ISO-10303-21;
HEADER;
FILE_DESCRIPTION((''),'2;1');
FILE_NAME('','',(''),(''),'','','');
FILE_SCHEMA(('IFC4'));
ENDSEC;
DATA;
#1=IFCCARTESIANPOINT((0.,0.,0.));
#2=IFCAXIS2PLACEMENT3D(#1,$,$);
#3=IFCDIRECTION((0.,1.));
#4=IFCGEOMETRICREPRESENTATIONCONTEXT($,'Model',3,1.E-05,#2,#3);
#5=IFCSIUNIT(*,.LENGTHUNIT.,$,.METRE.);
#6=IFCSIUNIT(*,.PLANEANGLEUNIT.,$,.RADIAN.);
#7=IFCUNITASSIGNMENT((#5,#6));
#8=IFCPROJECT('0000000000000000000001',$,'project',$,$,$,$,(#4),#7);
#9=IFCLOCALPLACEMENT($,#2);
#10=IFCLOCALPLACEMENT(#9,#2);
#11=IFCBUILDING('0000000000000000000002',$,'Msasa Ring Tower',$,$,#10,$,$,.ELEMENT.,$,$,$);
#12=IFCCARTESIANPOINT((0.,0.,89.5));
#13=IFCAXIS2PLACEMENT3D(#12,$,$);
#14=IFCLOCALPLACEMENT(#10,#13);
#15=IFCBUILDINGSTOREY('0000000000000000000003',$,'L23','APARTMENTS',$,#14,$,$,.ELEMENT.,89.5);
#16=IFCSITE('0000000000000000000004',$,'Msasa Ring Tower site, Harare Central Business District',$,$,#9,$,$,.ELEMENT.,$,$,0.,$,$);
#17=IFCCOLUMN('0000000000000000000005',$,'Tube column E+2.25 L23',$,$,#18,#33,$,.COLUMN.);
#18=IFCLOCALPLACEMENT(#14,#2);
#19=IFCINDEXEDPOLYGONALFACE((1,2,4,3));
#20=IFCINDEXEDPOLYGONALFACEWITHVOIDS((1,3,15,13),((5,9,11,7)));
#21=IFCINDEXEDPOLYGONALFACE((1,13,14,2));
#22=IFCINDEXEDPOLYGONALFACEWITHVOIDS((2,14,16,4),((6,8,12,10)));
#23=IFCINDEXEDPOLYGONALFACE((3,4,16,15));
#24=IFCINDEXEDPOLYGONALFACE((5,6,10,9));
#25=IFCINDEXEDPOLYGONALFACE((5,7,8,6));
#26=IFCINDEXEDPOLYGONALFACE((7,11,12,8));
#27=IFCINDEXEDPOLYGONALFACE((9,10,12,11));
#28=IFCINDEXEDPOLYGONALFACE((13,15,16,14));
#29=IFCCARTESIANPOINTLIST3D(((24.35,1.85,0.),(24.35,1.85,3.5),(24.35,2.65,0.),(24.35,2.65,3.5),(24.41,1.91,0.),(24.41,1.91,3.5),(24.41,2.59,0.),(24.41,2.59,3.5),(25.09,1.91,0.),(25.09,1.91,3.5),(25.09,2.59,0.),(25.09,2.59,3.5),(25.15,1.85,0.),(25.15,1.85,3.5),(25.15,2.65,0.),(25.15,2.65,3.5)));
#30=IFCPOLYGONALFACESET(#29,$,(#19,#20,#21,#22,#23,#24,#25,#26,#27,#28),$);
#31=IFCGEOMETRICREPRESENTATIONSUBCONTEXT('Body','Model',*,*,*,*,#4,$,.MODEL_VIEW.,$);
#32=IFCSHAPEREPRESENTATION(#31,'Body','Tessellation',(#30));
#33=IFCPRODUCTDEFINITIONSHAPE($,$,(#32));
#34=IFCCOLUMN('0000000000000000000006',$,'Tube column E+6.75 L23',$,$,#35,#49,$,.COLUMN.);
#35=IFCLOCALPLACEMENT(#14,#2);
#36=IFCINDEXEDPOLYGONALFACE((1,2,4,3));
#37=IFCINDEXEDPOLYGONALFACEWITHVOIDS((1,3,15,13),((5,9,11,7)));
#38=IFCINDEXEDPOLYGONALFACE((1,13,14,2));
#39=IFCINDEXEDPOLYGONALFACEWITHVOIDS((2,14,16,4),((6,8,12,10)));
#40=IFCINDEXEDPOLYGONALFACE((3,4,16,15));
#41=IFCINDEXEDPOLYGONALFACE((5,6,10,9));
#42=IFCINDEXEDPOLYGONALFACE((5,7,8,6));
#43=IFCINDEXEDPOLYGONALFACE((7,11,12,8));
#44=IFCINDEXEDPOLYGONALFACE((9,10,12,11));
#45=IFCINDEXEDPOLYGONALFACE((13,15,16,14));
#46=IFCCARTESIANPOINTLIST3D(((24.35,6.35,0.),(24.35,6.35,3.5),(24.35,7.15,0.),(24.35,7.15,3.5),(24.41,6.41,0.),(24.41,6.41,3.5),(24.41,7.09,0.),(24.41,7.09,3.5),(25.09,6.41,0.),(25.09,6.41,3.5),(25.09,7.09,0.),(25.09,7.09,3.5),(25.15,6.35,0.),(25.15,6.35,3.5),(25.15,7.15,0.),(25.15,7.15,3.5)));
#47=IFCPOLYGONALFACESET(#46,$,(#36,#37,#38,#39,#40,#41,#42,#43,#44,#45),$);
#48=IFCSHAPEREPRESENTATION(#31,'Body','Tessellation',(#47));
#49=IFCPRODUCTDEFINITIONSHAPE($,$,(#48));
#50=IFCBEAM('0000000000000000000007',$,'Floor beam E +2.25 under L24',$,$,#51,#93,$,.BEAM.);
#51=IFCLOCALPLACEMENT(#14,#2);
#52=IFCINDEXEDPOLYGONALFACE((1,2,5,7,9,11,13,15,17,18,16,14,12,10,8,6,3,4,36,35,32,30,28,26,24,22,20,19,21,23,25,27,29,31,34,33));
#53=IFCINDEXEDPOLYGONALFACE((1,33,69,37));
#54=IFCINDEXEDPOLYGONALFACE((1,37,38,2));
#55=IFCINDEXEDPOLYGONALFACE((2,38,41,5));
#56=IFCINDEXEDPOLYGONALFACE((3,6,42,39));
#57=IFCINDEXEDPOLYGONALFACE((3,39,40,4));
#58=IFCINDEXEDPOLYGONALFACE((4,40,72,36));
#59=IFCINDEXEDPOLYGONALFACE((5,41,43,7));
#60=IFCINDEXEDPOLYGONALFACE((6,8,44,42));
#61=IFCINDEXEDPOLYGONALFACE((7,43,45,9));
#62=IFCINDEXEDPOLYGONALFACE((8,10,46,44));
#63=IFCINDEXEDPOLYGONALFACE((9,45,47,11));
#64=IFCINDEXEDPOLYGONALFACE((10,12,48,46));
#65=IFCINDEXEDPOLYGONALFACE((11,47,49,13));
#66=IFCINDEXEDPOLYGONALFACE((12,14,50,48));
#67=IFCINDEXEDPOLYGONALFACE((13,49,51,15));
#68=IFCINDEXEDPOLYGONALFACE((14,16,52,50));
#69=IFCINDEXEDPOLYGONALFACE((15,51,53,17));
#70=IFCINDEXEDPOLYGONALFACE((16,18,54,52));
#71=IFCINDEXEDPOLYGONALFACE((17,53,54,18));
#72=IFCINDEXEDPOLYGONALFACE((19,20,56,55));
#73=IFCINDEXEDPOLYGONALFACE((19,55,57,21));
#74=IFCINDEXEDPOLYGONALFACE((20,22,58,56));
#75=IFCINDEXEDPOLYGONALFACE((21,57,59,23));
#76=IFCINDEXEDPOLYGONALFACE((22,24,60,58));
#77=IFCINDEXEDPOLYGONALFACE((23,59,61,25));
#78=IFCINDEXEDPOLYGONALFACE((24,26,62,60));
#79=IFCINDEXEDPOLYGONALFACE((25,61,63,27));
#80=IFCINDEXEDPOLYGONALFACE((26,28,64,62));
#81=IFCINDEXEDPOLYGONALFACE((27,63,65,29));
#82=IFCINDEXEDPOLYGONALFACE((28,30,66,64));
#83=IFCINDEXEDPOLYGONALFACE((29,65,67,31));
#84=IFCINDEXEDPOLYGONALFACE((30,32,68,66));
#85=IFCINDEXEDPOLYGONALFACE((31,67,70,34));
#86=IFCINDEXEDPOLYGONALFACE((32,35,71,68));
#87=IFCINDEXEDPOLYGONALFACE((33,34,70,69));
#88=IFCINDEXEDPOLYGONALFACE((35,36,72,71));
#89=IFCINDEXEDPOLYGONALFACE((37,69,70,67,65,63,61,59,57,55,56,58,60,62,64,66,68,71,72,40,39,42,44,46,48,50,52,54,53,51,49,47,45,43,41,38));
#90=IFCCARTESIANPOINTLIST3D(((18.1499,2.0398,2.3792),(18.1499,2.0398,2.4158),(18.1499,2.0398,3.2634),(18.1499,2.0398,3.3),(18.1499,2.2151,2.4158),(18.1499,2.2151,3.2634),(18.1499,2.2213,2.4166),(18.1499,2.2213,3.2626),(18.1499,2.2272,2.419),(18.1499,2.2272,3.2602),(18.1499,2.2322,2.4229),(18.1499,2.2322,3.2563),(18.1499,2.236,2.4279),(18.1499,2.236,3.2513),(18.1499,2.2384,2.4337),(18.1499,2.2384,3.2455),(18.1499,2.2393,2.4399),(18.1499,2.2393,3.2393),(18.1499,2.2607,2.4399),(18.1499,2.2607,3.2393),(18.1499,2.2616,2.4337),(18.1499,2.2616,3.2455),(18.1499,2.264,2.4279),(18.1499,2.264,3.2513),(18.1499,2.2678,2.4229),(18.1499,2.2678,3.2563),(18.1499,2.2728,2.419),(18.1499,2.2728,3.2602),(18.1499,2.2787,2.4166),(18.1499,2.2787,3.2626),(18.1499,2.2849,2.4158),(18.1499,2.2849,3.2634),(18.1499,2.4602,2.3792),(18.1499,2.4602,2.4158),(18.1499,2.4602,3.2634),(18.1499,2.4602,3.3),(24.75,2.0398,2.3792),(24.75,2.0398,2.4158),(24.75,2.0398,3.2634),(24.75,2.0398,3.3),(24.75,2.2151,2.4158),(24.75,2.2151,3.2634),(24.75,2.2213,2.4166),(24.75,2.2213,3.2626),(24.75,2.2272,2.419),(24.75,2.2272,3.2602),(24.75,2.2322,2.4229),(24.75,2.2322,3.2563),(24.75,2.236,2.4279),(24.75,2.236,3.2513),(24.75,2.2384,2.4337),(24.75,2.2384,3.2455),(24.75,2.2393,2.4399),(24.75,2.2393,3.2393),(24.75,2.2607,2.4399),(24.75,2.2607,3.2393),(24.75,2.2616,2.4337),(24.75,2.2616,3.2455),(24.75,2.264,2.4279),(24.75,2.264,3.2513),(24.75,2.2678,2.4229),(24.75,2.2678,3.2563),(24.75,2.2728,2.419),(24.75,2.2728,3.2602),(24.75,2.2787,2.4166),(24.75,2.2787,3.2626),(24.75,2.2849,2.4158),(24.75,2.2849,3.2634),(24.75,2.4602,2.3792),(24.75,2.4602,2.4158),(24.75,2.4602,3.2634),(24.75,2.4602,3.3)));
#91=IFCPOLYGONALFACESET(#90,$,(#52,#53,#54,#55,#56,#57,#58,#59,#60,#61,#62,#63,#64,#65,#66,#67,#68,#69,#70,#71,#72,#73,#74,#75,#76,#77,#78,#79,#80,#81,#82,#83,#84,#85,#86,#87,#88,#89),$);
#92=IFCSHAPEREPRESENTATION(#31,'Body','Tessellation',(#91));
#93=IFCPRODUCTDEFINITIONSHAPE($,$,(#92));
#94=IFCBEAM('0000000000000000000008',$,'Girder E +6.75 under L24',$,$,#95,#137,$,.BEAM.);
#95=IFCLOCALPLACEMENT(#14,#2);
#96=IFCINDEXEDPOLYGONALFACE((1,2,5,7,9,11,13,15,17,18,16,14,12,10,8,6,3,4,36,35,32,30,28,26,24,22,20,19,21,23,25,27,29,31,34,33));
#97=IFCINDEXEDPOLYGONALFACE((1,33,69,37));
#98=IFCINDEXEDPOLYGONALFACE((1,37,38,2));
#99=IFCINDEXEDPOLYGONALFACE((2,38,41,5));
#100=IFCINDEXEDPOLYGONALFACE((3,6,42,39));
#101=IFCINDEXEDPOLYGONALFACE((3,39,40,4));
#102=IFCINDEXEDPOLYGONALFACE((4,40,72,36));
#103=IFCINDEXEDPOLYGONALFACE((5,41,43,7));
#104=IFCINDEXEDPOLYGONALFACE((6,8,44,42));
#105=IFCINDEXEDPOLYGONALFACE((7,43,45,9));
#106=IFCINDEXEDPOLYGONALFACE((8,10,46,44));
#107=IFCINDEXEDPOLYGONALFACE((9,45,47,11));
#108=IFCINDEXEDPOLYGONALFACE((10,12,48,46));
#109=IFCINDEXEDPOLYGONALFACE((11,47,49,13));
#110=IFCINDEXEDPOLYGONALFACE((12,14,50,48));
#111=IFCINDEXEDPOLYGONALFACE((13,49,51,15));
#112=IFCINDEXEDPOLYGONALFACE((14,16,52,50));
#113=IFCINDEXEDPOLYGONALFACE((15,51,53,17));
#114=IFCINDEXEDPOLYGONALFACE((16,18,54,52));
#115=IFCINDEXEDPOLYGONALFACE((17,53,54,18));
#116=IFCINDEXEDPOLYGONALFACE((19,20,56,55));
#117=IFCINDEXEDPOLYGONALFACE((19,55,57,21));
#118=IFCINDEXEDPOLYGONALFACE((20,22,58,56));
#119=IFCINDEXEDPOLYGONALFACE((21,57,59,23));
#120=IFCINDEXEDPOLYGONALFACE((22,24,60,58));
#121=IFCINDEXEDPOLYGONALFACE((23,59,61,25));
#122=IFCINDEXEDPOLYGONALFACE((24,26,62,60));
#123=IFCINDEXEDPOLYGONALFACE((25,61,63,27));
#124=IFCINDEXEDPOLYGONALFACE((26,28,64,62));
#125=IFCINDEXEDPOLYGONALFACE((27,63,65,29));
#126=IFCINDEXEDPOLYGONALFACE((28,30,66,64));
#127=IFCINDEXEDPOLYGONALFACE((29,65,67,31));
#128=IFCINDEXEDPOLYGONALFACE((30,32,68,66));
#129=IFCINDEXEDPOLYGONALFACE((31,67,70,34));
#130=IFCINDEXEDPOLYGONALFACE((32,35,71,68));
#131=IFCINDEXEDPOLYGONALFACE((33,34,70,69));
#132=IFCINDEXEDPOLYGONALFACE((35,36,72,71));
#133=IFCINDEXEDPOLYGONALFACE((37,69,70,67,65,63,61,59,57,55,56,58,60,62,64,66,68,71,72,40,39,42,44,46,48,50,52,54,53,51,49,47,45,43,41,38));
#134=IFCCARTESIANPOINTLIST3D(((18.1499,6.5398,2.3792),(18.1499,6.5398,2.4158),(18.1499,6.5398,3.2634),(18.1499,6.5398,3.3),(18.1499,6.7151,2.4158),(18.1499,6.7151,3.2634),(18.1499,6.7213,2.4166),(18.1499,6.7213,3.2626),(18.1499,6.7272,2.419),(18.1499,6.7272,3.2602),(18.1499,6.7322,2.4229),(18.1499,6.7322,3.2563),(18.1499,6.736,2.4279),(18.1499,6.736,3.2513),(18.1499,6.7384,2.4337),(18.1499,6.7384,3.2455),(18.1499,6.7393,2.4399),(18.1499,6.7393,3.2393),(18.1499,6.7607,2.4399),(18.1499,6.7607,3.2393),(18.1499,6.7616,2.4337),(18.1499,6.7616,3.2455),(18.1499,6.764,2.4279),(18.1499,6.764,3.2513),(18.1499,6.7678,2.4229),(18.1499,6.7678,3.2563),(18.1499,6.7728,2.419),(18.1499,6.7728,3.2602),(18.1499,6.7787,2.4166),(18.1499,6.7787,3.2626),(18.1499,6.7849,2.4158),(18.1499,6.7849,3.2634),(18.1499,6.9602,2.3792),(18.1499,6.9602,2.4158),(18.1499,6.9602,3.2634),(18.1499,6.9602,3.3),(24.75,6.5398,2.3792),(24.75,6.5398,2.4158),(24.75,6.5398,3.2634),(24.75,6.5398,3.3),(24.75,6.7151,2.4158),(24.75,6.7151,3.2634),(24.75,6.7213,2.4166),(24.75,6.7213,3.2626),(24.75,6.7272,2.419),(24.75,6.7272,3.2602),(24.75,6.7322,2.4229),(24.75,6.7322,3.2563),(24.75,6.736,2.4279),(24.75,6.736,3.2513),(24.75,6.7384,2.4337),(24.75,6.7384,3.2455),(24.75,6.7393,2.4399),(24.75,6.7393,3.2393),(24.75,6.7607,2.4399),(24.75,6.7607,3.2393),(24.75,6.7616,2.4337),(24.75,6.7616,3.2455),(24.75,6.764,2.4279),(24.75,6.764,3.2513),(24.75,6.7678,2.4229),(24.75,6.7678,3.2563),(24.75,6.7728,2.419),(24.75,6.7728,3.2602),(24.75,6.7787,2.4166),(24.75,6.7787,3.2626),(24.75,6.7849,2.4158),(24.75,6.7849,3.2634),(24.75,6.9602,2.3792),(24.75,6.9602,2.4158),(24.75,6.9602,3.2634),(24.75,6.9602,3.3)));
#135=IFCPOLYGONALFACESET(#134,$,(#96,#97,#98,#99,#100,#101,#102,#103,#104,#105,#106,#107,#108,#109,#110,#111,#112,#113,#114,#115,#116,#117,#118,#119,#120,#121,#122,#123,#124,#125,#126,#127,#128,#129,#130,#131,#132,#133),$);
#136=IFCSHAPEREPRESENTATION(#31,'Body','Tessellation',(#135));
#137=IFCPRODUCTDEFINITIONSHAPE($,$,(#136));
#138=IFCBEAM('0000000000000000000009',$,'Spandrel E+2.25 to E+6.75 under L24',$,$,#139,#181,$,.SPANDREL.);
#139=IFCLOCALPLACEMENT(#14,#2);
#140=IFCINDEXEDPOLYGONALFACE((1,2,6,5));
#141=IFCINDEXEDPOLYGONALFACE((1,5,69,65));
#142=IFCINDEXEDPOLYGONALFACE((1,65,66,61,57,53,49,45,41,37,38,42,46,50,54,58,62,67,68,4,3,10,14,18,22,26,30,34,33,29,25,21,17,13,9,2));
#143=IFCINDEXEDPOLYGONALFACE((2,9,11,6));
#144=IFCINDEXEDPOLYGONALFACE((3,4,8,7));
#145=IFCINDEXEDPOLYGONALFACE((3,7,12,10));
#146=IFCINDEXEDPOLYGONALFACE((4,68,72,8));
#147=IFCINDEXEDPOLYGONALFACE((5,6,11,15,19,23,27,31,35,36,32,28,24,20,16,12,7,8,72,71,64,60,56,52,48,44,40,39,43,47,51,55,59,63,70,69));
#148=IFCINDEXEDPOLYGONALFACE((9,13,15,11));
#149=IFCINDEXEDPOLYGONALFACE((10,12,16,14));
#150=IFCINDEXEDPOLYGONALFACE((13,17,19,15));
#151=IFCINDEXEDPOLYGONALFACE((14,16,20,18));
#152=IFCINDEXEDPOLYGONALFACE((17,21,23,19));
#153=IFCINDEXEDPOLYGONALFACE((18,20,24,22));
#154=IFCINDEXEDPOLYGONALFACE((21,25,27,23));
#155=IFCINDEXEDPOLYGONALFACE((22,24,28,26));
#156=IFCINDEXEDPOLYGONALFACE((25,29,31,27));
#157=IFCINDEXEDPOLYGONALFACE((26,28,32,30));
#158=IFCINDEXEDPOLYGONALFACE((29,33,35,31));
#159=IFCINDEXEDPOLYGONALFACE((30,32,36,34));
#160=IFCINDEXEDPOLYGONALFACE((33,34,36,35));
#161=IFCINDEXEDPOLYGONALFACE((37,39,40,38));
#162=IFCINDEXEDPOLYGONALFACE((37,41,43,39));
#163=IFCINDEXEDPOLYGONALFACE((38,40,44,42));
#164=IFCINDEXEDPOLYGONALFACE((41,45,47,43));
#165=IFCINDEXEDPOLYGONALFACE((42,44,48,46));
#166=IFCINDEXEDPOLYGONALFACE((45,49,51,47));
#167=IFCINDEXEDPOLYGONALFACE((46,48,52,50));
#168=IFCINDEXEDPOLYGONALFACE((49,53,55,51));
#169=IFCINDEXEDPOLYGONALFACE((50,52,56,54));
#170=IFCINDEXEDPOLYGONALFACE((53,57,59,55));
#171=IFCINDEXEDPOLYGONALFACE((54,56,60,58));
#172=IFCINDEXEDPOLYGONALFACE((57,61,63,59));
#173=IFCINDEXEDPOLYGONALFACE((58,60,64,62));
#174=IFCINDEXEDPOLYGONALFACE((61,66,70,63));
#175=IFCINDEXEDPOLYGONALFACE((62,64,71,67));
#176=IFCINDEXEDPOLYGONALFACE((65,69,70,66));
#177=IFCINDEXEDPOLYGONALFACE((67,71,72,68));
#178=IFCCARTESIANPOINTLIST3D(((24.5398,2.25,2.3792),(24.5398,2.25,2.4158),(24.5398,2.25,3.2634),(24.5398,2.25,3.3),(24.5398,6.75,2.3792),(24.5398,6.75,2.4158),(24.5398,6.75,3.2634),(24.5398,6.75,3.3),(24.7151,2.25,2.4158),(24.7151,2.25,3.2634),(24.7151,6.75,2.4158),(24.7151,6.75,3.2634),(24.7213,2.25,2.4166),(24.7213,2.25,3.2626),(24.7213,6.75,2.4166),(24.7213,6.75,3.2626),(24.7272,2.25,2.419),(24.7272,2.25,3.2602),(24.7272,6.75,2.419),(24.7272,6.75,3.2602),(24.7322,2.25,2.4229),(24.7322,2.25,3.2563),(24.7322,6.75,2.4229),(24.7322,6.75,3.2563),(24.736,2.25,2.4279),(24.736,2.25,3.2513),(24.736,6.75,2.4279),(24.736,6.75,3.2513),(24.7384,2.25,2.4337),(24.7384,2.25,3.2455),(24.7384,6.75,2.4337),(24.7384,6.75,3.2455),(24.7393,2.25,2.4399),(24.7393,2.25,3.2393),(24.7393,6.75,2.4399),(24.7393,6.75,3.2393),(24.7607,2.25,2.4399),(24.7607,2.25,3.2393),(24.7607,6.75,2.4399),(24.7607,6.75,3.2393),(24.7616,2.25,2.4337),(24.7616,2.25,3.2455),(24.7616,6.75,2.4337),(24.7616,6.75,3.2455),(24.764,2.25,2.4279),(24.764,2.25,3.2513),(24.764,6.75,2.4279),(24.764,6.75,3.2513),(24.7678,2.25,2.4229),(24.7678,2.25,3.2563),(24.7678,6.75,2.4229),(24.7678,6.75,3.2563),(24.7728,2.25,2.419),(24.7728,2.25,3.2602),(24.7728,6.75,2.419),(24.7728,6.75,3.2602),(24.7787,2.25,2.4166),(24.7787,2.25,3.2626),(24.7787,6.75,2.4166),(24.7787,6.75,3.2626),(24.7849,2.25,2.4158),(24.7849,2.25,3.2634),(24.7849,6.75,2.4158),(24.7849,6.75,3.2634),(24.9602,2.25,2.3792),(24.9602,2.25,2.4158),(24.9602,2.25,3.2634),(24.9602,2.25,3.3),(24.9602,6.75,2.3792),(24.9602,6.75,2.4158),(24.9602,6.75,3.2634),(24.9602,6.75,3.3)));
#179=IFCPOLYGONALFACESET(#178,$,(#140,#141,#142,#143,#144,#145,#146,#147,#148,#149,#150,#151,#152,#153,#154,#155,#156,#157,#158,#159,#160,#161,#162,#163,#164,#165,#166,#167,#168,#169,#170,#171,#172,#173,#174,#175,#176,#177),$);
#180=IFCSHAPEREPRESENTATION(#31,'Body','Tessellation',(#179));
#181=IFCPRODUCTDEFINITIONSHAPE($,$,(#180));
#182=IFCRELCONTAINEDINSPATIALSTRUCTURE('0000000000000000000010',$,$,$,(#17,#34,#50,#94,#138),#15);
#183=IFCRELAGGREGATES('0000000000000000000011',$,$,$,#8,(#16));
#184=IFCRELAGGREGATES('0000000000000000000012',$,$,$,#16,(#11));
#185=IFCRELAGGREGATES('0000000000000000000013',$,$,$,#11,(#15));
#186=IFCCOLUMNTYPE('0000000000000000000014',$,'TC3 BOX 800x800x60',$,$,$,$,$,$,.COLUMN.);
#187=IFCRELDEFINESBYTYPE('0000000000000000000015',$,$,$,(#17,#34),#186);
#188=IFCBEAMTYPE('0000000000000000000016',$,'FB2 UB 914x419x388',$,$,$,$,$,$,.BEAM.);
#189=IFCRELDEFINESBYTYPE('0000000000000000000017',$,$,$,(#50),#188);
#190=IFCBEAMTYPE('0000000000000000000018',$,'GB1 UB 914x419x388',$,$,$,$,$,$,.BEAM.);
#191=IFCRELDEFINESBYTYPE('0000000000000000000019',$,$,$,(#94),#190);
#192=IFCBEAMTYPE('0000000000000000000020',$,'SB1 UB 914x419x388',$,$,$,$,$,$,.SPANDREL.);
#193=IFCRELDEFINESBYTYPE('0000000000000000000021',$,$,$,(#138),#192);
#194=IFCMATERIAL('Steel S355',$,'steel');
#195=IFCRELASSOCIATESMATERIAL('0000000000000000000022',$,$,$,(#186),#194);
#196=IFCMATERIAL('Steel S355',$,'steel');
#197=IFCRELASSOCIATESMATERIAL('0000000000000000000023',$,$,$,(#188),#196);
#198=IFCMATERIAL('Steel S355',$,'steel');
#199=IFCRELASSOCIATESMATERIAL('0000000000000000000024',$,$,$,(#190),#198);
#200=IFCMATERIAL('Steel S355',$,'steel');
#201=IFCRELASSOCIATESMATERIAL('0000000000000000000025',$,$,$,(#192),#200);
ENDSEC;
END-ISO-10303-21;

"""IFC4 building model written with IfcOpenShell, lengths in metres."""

from ifc_helpers import new_model, si_unit, direction, frame, origin, origin_2d, place, context, subcontext, project, spatial, hollow_rectangle, i_section, extrude, material, material_profile, profile_set, type_object, element, save


model = new_model("IFC4")

# Units and contexts
model_context = context("Model", 3, precision=1e-05, world=origin(), true_north=direction((0.0, 1.0)))
body_context = subcontext(model_context, "Body", "Model", "MODEL_VIEW")
ifc_project = project(units=[si_unit("LENGTHUNIT", "METRE"), si_unit("PLANEANGLEUNIT", "RADIAN")], contexts=[model_context])

# Site, building, storey
site_placement = place(None, origin())
site = spatial("IfcSite", under=ifc_project, at=site_placement, Name="Msasa Ring Tower site, Harare Central Business District", CompositionType="ELEMENT", RefElevation=0.0)
building_placement = place(site_placement, origin())
building = spatial("IfcBuilding", under=site, at=building_placement, Name="Msasa Ring Tower", CompositionType="ELEMENT")
storey_placement = place(building_placement, frame((0.0, 0.0, 89.5)))
storey = spatial("IfcBuildingStorey", under=building, at=storey_placement, Name="L23", Description="APARTMENTS", CompositionType="ELEMENT", Elevation=89.5)

# Columns
ifc_material_1 = material(Name="Steel S355", Category="steel")
ifc_material_profile_1 = material_profile(ifc_material_1, hollow_rectangle(XDim=0.8, YDim=0.8, WallThickness=0.0601, at=origin_2d()), Name="BOX 800x800x60")
ifc_profile_set_1 = profile_set([ifc_material_profile_1], Name="Steel S355")
column_type = type_object("IfcColumnType", Name="TC3 BOX 800x800x60", PredefinedType="COLUMN", material=ifc_profile_set_1)
for number, where, z_axis, x_axis, name in (
    (1, (24.75, 2.25, 0.0), (0.0, 0.0, 1.0), (1.0, 0.0, 0.0), "Tube column E+2.25 L23"),
    (2, (24.75, 6.75, 0.0), (0.0, 0.0, 1.0), (1.0, 0.0, 0.0), "Tube column E+6.75 L23"),
):
    element("IfcColumn", number, at=place(storey_placement, frame(where, z_axis=z_axis, x_axis=x_axis)), inside=storey, type_object=column_type, Name=name, PredefinedType="COLUMN", context=body_context, shape_type="SweptSolid", body=[
        extrude(hollow_rectangle(XDim=0.8, YDim=0.8, WallThickness=0.0601, at=origin_2d()), origin(), (0.0, 0.0, 1.0), 3.5),
    ])

# Beams
ifc_material_2 = material(Name="Steel S355", Category="steel")
ifc_material_profile_2 = material_profile(ifc_material_2, i_section(OverallWidth=0.4204, OverallDepth=0.9209, WebThickness=0.0215, FlangeThickness=0.0366, FilletRadius=0.0242, at=origin_2d()), Name="UB 914x419x388")
ifc_profile_set_2 = profile_set([ifc_material_profile_2], Name="Steel S355")
beam_type_1 = type_object("IfcBeamType", Name="FB2 UB 914x419x388", PredefinedType="BEAM", material=ifc_profile_set_2)
beam_1_placement = place(storey_placement, frame((24.75, 2.25, 2.8396), z_axis=(-1.0, 0.0, 0.0), x_axis=(0.0, -1.0, 0.0)))
element("IfcBeam", 3, at=beam_1_placement, inside=storey, type_object=beam_type_1, Name="Floor beam E +2.25 under L24", PredefinedType="BEAM", context=body_context, shape_type="SweptSolid", body=[
    extrude(i_section(OverallWidth=0.4204, OverallDepth=0.9209, WebThickness=0.0215, FlangeThickness=0.0366, FilletRadius=0.0242, at=origin_2d()), origin(), (0.0, 0.0, 1.0), 6.6001),
])
ifc_material_3 = material(Name="Steel S355", Category="steel")
ifc_material_profile_3 = material_profile(ifc_material_3, i_section(OverallWidth=0.4204, OverallDepth=0.9209, WebThickness=0.0215, FlangeThickness=0.0366, FilletRadius=0.0242, at=origin_2d()), Name="UB 914x419x388")
ifc_profile_set_3 = profile_set([ifc_material_profile_3], Name="Steel S355")
beam_type_2 = type_object("IfcBeamType", Name="GB1 UB 914x419x388", PredefinedType="BEAM", material=ifc_profile_set_3)
beam_2_placement = place(storey_placement, frame((18.1499, 6.75, 2.8396), z_axis=(1.0, 0.0, 0.0), x_axis=(0.0, 1.0, 0.0)))
element("IfcBeam", 4, at=beam_2_placement, inside=storey, type_object=beam_type_2, Name="Girder E +6.75 under L24", PredefinedType="BEAM", context=body_context, shape_type="SweptSolid", body=[
    extrude(i_section(OverallWidth=0.4204, OverallDepth=0.9209, WebThickness=0.0215, FlangeThickness=0.0366, FilletRadius=0.0242, at=origin_2d()), origin(), (0.0, 0.0, 1.0), 6.6001),
])
ifc_material_4 = material(Name="Steel S355", Category="steel")
ifc_material_profile_4 = material_profile(ifc_material_4, i_section(OverallWidth=0.4204, OverallDepth=0.9209, WebThickness=0.0215, FlangeThickness=0.0366, FilletRadius=0.0242, at=origin_2d()), Name="UB 914x419x388")
ifc_profile_set_4 = profile_set([ifc_material_profile_4], Name="Steel S355")
beam_type_3 = type_object("IfcBeamType", Name="SB1 UB 914x419x388", PredefinedType="SPANDREL", material=ifc_profile_set_4)
for number, where, z_axis, x_axis, name in (
    (5, (24.75, 2.25, 2.8396), (0.0, 1.0, 0.0), (-1.0, 0.0, 0.0), "Spandrel E+2.25 to E+6.75 under L24"),
):
    element("IfcBeam", number, at=place(storey_placement, frame(where, z_axis=z_axis, x_axis=x_axis)), inside=storey, type_object=beam_type_3, Name=name, PredefinedType="SPANDREL", context=body_context, shape_type="SweptSolid", body=[
        extrude(i_section(OverallWidth=0.4204, OverallDepth=0.9209, WebThickness=0.0215, FlangeThickness=0.0366, FilletRadius=0.0242, at=origin_2d()), origin(), (0.0, 0.0, 1.0), 4.5),
    ])

save(model, "model.ifc")
